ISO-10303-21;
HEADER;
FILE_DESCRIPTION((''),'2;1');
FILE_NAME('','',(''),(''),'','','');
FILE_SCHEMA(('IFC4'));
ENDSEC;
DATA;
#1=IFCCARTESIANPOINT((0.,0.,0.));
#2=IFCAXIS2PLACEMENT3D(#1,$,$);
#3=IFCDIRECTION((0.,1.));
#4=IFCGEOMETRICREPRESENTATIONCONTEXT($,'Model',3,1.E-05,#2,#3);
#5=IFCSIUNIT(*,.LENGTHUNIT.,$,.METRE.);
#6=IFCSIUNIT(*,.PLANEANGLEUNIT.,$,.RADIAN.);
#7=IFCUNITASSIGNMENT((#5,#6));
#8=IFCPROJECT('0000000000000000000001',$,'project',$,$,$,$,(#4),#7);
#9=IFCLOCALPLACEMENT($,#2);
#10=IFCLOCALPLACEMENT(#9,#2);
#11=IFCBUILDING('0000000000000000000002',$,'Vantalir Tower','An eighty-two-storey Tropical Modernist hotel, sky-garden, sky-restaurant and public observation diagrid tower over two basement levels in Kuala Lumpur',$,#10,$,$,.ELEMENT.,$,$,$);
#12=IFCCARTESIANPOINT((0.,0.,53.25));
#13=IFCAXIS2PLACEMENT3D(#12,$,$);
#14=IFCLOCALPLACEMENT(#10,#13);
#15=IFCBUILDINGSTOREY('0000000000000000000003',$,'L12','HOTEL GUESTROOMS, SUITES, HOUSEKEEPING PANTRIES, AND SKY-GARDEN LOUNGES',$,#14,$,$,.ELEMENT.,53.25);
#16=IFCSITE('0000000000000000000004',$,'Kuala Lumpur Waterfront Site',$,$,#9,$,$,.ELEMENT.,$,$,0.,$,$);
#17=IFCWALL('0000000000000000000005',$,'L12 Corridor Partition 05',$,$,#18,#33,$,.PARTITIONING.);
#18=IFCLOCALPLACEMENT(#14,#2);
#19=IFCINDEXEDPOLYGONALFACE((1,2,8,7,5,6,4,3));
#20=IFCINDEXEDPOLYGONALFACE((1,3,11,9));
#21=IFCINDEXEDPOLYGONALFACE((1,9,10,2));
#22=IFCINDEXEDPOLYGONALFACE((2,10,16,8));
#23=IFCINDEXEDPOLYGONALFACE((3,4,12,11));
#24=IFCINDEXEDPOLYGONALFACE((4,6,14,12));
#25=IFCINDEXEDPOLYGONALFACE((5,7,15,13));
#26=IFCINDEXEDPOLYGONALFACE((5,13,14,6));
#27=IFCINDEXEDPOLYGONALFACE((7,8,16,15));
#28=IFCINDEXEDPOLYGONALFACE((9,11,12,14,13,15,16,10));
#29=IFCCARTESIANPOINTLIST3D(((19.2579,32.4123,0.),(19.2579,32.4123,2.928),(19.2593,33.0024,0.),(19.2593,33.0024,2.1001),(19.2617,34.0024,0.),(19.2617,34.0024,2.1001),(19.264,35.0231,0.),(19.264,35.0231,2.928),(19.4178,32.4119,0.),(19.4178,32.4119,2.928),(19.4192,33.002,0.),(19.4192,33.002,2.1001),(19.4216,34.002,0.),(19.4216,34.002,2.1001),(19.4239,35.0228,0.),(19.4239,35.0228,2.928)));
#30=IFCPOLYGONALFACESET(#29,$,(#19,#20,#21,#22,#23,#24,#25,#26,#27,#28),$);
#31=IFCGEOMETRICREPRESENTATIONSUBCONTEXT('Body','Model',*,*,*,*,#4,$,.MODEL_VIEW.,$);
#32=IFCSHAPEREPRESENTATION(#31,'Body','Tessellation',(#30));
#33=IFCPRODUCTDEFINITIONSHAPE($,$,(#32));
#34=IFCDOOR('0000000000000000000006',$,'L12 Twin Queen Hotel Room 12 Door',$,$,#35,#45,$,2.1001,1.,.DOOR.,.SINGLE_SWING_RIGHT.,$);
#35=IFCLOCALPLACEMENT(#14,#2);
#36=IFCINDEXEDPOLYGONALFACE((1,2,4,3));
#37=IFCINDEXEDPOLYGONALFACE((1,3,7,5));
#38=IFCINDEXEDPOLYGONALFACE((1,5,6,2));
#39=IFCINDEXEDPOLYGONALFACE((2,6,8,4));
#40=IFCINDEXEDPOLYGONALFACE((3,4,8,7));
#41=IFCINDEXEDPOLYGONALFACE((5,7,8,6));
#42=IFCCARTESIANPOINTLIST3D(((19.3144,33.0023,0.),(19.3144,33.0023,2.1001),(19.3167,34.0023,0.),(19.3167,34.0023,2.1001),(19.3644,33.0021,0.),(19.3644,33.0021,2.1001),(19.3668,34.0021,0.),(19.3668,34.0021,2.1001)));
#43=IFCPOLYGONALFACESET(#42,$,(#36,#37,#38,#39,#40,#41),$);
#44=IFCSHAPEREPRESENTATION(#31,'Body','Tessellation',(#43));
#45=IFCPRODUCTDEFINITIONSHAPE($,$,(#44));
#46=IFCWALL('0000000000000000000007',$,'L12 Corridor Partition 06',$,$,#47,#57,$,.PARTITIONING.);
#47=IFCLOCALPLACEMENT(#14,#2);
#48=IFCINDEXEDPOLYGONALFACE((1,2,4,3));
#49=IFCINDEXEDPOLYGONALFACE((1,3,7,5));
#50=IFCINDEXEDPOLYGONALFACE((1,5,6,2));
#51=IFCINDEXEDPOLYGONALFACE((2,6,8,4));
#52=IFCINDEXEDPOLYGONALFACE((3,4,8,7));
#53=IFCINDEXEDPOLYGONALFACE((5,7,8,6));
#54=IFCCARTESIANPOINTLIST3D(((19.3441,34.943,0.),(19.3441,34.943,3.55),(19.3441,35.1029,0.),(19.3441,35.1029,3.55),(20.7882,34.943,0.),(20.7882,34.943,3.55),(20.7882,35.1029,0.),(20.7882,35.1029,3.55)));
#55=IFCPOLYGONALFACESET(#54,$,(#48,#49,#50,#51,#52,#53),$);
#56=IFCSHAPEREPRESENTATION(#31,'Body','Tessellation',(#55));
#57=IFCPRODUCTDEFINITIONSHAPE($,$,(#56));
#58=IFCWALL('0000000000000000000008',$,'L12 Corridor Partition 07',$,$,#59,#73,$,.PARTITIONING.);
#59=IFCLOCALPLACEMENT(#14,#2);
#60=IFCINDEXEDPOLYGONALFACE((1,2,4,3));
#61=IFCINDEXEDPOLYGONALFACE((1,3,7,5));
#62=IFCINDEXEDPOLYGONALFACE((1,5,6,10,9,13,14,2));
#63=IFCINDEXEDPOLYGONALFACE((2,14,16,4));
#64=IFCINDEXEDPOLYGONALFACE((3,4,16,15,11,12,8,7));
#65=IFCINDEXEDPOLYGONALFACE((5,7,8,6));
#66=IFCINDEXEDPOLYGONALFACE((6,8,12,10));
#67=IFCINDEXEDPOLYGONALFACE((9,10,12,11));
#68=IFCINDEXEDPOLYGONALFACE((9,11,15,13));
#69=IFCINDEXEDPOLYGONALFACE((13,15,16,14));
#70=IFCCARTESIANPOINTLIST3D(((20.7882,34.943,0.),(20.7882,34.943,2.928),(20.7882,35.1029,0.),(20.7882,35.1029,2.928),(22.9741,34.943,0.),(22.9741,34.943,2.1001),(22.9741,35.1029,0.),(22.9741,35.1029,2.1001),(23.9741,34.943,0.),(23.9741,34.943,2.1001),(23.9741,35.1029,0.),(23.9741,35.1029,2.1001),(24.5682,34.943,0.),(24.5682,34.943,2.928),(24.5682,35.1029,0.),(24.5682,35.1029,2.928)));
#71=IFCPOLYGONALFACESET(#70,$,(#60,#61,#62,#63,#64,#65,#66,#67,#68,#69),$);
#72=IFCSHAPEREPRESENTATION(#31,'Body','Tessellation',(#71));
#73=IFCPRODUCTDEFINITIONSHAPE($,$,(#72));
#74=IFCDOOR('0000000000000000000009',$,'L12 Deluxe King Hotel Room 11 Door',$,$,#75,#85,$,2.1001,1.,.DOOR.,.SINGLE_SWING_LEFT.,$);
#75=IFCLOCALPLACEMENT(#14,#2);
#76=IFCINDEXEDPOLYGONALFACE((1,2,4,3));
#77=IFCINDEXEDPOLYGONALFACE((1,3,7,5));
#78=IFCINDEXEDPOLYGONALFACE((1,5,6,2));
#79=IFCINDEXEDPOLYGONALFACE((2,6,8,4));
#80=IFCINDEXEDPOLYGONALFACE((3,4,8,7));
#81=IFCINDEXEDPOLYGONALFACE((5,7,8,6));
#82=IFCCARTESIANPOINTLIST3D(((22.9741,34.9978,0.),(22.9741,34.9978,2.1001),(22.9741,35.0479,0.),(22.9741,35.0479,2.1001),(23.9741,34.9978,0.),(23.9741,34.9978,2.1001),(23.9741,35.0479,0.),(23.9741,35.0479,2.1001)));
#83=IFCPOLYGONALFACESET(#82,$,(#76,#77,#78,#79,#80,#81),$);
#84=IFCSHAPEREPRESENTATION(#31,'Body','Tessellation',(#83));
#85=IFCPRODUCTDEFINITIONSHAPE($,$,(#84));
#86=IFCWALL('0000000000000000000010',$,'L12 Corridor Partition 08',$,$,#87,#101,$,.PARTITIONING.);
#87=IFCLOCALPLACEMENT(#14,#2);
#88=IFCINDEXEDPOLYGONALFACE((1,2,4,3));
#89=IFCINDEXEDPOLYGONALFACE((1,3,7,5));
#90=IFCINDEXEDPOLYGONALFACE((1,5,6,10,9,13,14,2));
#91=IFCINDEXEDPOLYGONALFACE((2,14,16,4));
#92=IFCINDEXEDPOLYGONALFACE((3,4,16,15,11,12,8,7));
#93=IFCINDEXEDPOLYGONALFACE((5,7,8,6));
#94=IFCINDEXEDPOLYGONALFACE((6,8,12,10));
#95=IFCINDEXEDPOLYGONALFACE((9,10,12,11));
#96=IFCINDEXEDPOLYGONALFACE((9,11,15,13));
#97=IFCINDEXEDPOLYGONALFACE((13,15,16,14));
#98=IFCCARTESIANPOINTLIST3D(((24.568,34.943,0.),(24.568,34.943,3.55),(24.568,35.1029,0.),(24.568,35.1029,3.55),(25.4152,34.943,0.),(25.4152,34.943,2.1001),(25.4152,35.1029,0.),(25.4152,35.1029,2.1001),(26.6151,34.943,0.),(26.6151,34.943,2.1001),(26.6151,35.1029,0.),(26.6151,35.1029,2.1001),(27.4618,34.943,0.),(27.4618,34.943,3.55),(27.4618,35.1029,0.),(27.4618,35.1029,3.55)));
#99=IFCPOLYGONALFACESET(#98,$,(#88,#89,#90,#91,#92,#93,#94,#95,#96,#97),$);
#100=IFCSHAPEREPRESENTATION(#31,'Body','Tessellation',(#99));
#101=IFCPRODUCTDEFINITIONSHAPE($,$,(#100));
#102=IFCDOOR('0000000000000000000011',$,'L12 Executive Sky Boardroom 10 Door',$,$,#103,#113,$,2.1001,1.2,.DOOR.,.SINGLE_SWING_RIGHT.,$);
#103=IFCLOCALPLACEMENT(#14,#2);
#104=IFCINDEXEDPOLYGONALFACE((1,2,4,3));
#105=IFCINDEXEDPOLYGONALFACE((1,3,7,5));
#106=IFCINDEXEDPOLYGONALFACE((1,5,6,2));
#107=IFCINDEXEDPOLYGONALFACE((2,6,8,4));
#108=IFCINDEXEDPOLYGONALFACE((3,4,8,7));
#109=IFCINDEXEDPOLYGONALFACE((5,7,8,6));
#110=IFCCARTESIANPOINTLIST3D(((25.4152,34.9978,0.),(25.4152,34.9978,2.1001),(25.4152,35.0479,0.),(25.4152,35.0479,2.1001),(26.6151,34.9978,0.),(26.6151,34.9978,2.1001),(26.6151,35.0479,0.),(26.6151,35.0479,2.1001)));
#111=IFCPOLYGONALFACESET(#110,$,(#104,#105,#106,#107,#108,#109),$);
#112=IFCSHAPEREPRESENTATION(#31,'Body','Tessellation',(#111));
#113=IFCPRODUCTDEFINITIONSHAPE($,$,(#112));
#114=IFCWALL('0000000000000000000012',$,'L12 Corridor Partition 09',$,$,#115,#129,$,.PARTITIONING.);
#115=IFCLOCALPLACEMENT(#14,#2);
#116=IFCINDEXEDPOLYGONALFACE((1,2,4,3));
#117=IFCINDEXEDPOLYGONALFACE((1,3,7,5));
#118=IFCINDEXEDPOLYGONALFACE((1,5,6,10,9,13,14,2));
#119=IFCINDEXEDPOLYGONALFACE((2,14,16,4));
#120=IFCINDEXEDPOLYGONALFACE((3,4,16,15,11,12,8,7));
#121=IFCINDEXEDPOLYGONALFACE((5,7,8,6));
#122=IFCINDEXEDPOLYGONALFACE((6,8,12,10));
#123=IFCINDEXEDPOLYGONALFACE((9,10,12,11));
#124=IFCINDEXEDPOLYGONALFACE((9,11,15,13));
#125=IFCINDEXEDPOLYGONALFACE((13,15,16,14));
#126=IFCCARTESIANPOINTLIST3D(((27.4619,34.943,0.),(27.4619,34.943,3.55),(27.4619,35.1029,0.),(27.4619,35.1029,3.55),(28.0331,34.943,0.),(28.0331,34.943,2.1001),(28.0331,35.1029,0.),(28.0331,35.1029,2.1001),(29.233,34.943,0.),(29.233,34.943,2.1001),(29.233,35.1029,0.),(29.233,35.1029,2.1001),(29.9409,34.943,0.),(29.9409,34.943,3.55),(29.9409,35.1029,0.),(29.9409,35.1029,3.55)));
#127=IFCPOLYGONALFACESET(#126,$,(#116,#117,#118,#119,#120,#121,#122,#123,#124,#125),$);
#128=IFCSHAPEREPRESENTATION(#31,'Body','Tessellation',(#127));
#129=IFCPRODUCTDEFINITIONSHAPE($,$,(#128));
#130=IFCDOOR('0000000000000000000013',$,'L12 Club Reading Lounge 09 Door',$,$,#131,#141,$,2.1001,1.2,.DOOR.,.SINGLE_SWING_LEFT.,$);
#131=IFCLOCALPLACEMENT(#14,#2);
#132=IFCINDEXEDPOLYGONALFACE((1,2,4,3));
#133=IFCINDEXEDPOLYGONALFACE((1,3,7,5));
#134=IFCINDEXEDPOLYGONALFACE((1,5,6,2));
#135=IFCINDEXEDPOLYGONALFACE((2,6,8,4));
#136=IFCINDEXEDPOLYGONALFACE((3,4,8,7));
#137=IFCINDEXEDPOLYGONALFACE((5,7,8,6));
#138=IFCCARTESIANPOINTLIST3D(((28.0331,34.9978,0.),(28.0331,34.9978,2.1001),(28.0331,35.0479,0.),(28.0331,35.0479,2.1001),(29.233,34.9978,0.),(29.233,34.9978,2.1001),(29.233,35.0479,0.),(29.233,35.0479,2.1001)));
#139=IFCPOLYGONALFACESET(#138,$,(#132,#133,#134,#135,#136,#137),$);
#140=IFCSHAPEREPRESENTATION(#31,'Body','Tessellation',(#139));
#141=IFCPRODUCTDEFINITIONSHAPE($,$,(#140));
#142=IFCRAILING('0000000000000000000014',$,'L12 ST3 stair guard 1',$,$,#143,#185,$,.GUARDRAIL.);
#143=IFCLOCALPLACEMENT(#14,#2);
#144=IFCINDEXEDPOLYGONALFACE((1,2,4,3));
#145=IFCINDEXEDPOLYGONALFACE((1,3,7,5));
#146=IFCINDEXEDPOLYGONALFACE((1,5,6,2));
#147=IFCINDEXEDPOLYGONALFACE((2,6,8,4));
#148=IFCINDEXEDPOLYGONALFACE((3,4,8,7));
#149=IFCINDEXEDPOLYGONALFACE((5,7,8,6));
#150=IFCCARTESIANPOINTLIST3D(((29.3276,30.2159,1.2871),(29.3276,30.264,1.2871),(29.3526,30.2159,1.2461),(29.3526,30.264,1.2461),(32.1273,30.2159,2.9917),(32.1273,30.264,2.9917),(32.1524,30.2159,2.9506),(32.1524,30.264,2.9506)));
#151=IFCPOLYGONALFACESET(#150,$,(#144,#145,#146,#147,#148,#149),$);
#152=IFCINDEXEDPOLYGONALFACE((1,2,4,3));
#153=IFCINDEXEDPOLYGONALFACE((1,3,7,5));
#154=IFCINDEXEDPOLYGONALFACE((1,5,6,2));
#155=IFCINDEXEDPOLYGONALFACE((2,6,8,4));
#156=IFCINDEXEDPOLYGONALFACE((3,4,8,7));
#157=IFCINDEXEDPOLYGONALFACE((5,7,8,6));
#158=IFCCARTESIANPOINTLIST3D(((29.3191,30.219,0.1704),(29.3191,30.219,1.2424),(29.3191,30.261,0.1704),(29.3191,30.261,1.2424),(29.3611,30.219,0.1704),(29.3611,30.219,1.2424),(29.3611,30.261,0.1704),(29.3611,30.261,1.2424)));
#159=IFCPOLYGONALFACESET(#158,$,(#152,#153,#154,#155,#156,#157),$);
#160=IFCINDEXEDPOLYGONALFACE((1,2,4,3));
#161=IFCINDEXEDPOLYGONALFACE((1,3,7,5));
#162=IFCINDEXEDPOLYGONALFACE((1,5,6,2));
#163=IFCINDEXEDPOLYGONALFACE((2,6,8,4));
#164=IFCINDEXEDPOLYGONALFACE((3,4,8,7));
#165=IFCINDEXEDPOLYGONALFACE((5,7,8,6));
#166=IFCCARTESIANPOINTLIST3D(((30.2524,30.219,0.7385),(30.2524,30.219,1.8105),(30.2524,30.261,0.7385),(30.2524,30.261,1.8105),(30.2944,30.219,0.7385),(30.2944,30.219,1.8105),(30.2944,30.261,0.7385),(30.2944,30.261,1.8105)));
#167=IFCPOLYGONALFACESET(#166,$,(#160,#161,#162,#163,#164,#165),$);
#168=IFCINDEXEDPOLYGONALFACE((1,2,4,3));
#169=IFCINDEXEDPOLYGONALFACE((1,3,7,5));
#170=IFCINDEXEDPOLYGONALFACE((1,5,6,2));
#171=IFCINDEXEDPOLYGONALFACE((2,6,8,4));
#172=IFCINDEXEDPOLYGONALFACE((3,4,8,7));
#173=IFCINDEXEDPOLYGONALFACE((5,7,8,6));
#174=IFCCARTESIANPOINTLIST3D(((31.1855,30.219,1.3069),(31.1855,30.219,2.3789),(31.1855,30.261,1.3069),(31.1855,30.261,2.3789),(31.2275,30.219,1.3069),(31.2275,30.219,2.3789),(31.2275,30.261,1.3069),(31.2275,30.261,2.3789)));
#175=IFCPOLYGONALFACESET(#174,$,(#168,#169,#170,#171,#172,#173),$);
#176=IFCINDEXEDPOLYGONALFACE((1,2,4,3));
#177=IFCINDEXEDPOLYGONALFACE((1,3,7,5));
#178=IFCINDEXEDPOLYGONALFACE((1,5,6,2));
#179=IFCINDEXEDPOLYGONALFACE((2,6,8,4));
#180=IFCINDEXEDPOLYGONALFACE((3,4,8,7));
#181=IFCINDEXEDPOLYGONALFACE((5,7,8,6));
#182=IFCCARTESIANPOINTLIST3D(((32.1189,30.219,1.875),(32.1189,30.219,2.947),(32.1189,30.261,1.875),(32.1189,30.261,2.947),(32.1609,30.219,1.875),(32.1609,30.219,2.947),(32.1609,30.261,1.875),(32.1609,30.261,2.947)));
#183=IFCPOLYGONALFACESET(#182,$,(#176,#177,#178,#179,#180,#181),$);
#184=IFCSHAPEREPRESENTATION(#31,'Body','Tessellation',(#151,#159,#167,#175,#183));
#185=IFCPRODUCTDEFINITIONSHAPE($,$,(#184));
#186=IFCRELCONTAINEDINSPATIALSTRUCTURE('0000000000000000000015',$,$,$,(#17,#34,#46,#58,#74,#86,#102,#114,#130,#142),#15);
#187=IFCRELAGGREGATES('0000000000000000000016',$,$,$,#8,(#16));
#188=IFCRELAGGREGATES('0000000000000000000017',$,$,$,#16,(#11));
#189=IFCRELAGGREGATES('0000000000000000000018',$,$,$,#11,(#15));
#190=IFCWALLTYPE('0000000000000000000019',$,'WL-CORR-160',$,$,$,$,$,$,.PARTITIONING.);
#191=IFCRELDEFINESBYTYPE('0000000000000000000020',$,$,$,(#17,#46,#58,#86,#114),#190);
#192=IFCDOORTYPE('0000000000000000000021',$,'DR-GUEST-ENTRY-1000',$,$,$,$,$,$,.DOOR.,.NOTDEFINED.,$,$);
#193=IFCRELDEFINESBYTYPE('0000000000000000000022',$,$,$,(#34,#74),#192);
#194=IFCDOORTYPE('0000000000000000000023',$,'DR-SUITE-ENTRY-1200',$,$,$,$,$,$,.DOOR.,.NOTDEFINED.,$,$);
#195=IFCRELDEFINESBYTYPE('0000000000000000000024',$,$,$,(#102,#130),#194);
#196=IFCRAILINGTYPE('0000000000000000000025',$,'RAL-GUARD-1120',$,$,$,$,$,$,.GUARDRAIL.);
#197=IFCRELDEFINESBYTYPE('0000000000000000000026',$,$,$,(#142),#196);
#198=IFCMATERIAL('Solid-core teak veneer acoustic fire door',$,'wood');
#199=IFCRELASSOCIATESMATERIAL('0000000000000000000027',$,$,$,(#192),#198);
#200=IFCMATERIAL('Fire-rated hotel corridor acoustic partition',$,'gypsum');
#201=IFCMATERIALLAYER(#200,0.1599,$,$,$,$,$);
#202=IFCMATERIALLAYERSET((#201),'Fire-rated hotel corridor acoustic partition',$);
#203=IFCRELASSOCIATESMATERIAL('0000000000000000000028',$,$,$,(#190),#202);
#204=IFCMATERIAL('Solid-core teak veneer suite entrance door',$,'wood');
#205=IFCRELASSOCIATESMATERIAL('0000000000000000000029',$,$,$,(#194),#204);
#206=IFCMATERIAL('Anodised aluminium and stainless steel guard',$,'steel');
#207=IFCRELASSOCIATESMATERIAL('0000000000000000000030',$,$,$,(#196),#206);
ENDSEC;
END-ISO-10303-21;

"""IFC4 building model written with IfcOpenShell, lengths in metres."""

from ifc_helpers import new_model, si_unit, direction, frame, frame_2d, origin, origin_2d, place, context, subcontext, project, spatial, rectangle, extrude, material, layer, layer_set, type_object, element, fill, save


model = new_model("IFC4")

# Units and contexts
model_context = context("Model", 3, precision=1e-05, world=origin(), true_north=direction((0.0, 1.0)))
body_context = subcontext(model_context, "Body", "Model", "MODEL_VIEW")
ifc_project = project(units=[si_unit("LENGTHUNIT", "METRE"), si_unit("PLANEANGLEUNIT", "RADIAN")], contexts=[model_context])

# Site, building, storey
site_placement = place(None, origin())
site = spatial("IfcSite", under=ifc_project, at=site_placement, Name="Kuala Lumpur Waterfront Site", CompositionType="ELEMENT", RefElevation=0.0)
building_placement = place(site_placement, origin())
building = spatial("IfcBuilding", under=site, at=building_placement, Name="Vantalir Tower", Description="An eighty-two-storey Tropical Modernist hotel, sky-garden, sky-restaurant and public observation diagrid tower over two basement levels in Kuala Lumpur", CompositionType="ELEMENT")
storey_placement = place(building_placement, frame((0.0, 0.0, 53.25)))
storey = spatial("IfcBuildingStorey", under=building, at=storey_placement, Name="L12", Description="HOTEL GUESTROOMS, SUITES, HOUSEKEEPING PANTRIES, AND SKY-GARDEN LOUNGES", CompositionType="ELEMENT", Elevation=53.25)

# Shared definitions
ifc_material_1 = material(Name="Solid-core teak veneer acoustic fire door", Category="wood")
door_type_1 = type_object("IfcDoorType", Name="DR-GUEST-ENTRY-1000", OperationType="NOTDEFINED", PredefinedType="DOOR", material=ifc_material_1)

# Wall, opening, door
ifc_material_2 = material(Name="Fire-rated hotel corridor acoustic partition", Category="gypsum")
ifc_layer_1 = layer(ifc_material_2, 0.1599)
ifc_layer_set_1 = layer_set([ifc_layer_1], Name="Fire-rated hotel corridor acoustic partition")
wall_type_1 = type_object("IfcWallType", Name="WL-CORR-160", PredefinedType="PARTITIONING", material=ifc_layer_set_1)
wall_1_placement = place(storey_placement, frame((19.3379, 32.4121, 0.0), z_axis=(0.0, 0.0, 1.0), x_axis=(0.002338, 0.999997, 0.0)))
wall_1 = element("IfcWall", 1, at=wall_1_placement, inside=storey, type_object=wall_type_1, Name="L12 Corridor Partition 05", PredefinedType="PARTITIONING", context=body_context, shape_type="SweptSolid", body=[
    extrude(rectangle(XDim=2.6108, YDim=0.1599, at=frame_2d((1.3054, 0.0))), origin(), (0.0, 0.0, 1.0), 2.928),
])
opening_1_placement = place(wall_1_placement, frame((0.5901, 0.0, 0.0)))
opening_1 = element("IfcOpeningElement", 2, at=opening_1_placement, cuts=wall_1, PredefinedType="OPENING", context=body_context, shape_type="SweptSolid", body=[
    extrude(rectangle(XDim=1.0, YDim=2.1001, at=frame_2d((0.5, 1.05))), frame((0.0, 0.0898, 0.0), z_axis=(0.0, -1.0, 0.0), x_axis=(1.0, 0.0, 0.0)), (0.0, 0.0, 1.0), 0.1799),
])
door_1_placement = place(opening_1_placement, origin())
door_1 = element("IfcDoor", 3, at=door_1_placement, inside=storey, type_object=door_type_1, Name="L12 Twin Queen Hotel Room 12 Door", OperationType="SINGLE_SWING_RIGHT", OverallHeight=2.1001, OverallWidth=1.0, PredefinedType="DOOR", context=body_context, shape_type="SweptSolid", body=[
    extrude(rectangle(XDim=1.0, YDim=2.1001, at=frame_2d((0.5, 1.05))), frame((0.0, 0.0249, 0.0), z_axis=(0.0, -1.0, 0.0), x_axis=(1.0, 0.0, 0.0)), (0.0, 0.0, 1.0), 0.05),
])
fill(opening_1, door_1)

# Wall
wall_2_placement = place(storey_placement, frame((19.344, 35.0229, 0.0), z_axis=(0.0, 0.0, 1.0), x_axis=(1.0, 0.0, 0.0)))
element("IfcWall", 4, at=wall_2_placement, inside=storey, type_object=wall_type_1, Name="L12 Corridor Partition 06", PredefinedType="PARTITIONING", context=body_context, shape_type="SweptSolid", body=[
    extrude(rectangle(XDim=1.4441, YDim=0.1599, at=frame_2d((0.7222, 0.0))), origin(), (0.0, 0.0, 1.0), 3.55),
])

# Walls, openings, doors
wall_3_placement = place(storey_placement, frame((20.7881, 35.0229, 0.0), z_axis=(0.0, 0.0, 1.0), x_axis=(1.0, 0.0, 0.0)))
wall_3 = element("IfcWall", 5, at=wall_3_placement, inside=storey, type_object=wall_type_1, Name="L12 Corridor Partition 07", PredefinedType="PARTITIONING", context=body_context, shape_type="SweptSolid", body=[
    extrude(rectangle(XDim=3.78, YDim=0.1599, at=frame_2d((1.8901, 0.0))), origin(), (0.0, 0.0, 1.0), 2.928),
])
opening_2_placement = place(wall_3_placement, frame((2.186, 0.0, 0.0)))
opening_2 = element("IfcOpeningElement", 6, at=opening_2_placement, cuts=wall_3, PredefinedType="OPENING", context=body_context, shape_type="SweptSolid", body=[
    extrude(rectangle(XDim=1.0, YDim=2.1001, at=frame_2d((0.5, 1.05))), frame((0.0, 0.0898, 0.0), z_axis=(0.0, -1.0, 0.0), x_axis=(1.0, 0.0, 0.0)), (0.0, 0.0, 1.0), 0.1799),
])
door_2_placement = place(opening_2_placement, origin())
door_2 = element("IfcDoor", 7, at=door_2_placement, inside=storey, type_object=door_type_1, Name="L12 Deluxe King Hotel Room 11 Door", OperationType="SINGLE_SWING_LEFT", OverallHeight=2.1001, OverallWidth=1.0, PredefinedType="DOOR", context=body_context, shape_type="SweptSolid", body=[
    extrude(rectangle(XDim=1.0, YDim=2.1001, at=frame_2d((0.5, 1.05))), frame((0.0, 0.0249, 0.0), z_axis=(0.0, -1.0, 0.0), x_axis=(1.0, 0.0, 0.0)), (0.0, 0.0, 1.0), 0.05),
])
fill(opening_2, door_2)
wall_4_placement = place(storey_placement, frame((24.5681, 35.0229, 0.0), z_axis=(0.0, 0.0, 1.0), x_axis=(1.0, 0.0, 0.0)))
wall_4 = element("IfcWall", 8, at=wall_4_placement, inside=storey, type_object=wall_type_1, Name="L12 Corridor Partition 08", PredefinedType="PARTITIONING", context=body_context, shape_type="SweptSolid", body=[
    extrude(rectangle(XDim=2.8938, YDim=0.1599, at=frame_2d((1.4468, 0.0))), origin(), (0.0, 0.0, 1.0), 3.55),
])
opening_3_placement = place(wall_4_placement, frame((0.8469, 0.0, 0.0)))
opening_3 = element("IfcOpeningElement", 9, at=opening_3_placement, cuts=wall_4, PredefinedType="OPENING", context=body_context, shape_type="SweptSolid", body=[
    extrude(rectangle(XDim=1.2, YDim=2.1001, at=frame_2d((0.6001, 1.05))), frame((0.0, 0.0898, 0.0), z_axis=(0.0, -1.0, 0.0), x_axis=(1.0, 0.0, 0.0)), (0.0, 0.0, 1.0), 0.1799),
])
ifc_material_3 = material(Name="Solid-core teak veneer suite entrance door", Category="wood")
door_type_2 = type_object("IfcDoorType", Name="DR-SUITE-ENTRY-1200", OperationType="NOTDEFINED", PredefinedType="DOOR", material=ifc_material_3)
door_3_placement = place(opening_3_placement, origin())
door_3 = element("IfcDoor", 10, at=door_3_placement, inside=storey, type_object=door_type_2, Name="L12 Executive Sky Boardroom 10 Door", OperationType="SINGLE_SWING_RIGHT", OverallHeight=2.1001, OverallWidth=1.2, PredefinedType="DOOR", context=body_context, shape_type="SweptSolid", body=[
    extrude(rectangle(XDim=1.2, YDim=2.1001, at=frame_2d((0.6001, 1.05))), frame((0.0, 0.0249, 0.0), z_axis=(0.0, -1.0, 0.0), x_axis=(1.0, 0.0, 0.0)), (0.0, 0.0, 1.0), 0.05),
])
fill(opening_3, door_3)
wall_5_placement = place(storey_placement, frame((27.4619, 35.0229, 0.0), z_axis=(0.0, 0.0, 1.0), x_axis=(1.0, 0.0, 0.0)))
wall_5 = element("IfcWall", 11, at=wall_5_placement, inside=storey, type_object=wall_type_1, Name="L12 Corridor Partition 09", PredefinedType="PARTITIONING", context=body_context, shape_type="SweptSolid", body=[
    extrude(rectangle(XDim=2.479, YDim=0.1599, at=frame_2d((1.2395, 0.0))), origin(), (0.0, 0.0, 1.0), 3.55),
])
opening_4_placement = place(wall_5_placement, frame((0.571, 0.0, 0.0)))
opening_4 = element("IfcOpeningElement", 12, at=opening_4_placement, cuts=wall_5, PredefinedType="OPENING", context=body_context, shape_type="SweptSolid", body=[
    extrude(rectangle(XDim=1.2, YDim=2.1001, at=frame_2d((0.6001, 1.05))), frame((0.0, 0.0898, 0.0), z_axis=(0.0, -1.0, 0.0), x_axis=(1.0, 0.0, 0.0)), (0.0, 0.0, 1.0), 0.1799),
])
door_4_placement = place(opening_4_placement, origin())
door_4 = element("IfcDoor", 13, at=door_4_placement, inside=storey, type_object=door_type_2, Name="L12 Club Reading Lounge 09 Door", OperationType="SINGLE_SWING_LEFT", OverallHeight=2.1001, OverallWidth=1.2, PredefinedType="DOOR", context=body_context, shape_type="SweptSolid", body=[
    extrude(rectangle(XDim=1.2, YDim=2.1001, at=frame_2d((0.6001, 1.05))), frame((0.0, 0.0249, 0.0), z_axis=(0.0, -1.0, 0.0), x_axis=(1.0, 0.0, 0.0)), (0.0, 0.0, 1.0), 0.05),
])
fill(opening_4, door_4)

# Railing
ifc_material_4 = material(Name="Anodised aluminium and stainless steel guard", Category="steel")
railing_type = type_object("IfcRailingType", Name="RAL-GUARD-1120", PredefinedType="GUARDRAIL", material=ifc_material_4)
railing_1_placement = place(storey_placement, frame((29.3401, 30.24, 0.1704)))
element("IfcRailing", 14, at=railing_1_placement, inside=storey, type_object=railing_type, Name="L12 ST3 stair guard 1", PredefinedType="GUARDRAIL", context=body_context, shape_type="SweptSolid", body=[
    extrude(rectangle(XDim=0.0481, YDim=0.0481, at=origin_2d()), frame((0.0, 0.0, 1.0962), z_axis=(0.85415, 0.0, 0.520027), x_axis=(0.0, 1.0, 0.0)), (0.0, 0.0, 1.0), 3.2778),
    extrude(rectangle(XDim=0.042, YDim=0.042, at=origin_2d()), origin(), (0.0, 0.0, 1.0), 1.072),
    extrude(rectangle(XDim=0.042, YDim=0.042, at=origin_2d()), frame((0.9333, 0.0, 0.5681)), (0.0, 0.0, 1.0), 1.072),
    extrude(rectangle(XDim=0.042, YDim=0.042, at=origin_2d()), frame((1.8665, 0.0, 1.1365)), (0.0, 0.0, 1.0), 1.072),
    extrude(rectangle(XDim=0.042, YDim=0.042, at=origin_2d()), frame((2.7998, 0.0, 1.7046)), (0.0, 0.0, 1.0), 1.072),
])

save(model, "model.ifc")
